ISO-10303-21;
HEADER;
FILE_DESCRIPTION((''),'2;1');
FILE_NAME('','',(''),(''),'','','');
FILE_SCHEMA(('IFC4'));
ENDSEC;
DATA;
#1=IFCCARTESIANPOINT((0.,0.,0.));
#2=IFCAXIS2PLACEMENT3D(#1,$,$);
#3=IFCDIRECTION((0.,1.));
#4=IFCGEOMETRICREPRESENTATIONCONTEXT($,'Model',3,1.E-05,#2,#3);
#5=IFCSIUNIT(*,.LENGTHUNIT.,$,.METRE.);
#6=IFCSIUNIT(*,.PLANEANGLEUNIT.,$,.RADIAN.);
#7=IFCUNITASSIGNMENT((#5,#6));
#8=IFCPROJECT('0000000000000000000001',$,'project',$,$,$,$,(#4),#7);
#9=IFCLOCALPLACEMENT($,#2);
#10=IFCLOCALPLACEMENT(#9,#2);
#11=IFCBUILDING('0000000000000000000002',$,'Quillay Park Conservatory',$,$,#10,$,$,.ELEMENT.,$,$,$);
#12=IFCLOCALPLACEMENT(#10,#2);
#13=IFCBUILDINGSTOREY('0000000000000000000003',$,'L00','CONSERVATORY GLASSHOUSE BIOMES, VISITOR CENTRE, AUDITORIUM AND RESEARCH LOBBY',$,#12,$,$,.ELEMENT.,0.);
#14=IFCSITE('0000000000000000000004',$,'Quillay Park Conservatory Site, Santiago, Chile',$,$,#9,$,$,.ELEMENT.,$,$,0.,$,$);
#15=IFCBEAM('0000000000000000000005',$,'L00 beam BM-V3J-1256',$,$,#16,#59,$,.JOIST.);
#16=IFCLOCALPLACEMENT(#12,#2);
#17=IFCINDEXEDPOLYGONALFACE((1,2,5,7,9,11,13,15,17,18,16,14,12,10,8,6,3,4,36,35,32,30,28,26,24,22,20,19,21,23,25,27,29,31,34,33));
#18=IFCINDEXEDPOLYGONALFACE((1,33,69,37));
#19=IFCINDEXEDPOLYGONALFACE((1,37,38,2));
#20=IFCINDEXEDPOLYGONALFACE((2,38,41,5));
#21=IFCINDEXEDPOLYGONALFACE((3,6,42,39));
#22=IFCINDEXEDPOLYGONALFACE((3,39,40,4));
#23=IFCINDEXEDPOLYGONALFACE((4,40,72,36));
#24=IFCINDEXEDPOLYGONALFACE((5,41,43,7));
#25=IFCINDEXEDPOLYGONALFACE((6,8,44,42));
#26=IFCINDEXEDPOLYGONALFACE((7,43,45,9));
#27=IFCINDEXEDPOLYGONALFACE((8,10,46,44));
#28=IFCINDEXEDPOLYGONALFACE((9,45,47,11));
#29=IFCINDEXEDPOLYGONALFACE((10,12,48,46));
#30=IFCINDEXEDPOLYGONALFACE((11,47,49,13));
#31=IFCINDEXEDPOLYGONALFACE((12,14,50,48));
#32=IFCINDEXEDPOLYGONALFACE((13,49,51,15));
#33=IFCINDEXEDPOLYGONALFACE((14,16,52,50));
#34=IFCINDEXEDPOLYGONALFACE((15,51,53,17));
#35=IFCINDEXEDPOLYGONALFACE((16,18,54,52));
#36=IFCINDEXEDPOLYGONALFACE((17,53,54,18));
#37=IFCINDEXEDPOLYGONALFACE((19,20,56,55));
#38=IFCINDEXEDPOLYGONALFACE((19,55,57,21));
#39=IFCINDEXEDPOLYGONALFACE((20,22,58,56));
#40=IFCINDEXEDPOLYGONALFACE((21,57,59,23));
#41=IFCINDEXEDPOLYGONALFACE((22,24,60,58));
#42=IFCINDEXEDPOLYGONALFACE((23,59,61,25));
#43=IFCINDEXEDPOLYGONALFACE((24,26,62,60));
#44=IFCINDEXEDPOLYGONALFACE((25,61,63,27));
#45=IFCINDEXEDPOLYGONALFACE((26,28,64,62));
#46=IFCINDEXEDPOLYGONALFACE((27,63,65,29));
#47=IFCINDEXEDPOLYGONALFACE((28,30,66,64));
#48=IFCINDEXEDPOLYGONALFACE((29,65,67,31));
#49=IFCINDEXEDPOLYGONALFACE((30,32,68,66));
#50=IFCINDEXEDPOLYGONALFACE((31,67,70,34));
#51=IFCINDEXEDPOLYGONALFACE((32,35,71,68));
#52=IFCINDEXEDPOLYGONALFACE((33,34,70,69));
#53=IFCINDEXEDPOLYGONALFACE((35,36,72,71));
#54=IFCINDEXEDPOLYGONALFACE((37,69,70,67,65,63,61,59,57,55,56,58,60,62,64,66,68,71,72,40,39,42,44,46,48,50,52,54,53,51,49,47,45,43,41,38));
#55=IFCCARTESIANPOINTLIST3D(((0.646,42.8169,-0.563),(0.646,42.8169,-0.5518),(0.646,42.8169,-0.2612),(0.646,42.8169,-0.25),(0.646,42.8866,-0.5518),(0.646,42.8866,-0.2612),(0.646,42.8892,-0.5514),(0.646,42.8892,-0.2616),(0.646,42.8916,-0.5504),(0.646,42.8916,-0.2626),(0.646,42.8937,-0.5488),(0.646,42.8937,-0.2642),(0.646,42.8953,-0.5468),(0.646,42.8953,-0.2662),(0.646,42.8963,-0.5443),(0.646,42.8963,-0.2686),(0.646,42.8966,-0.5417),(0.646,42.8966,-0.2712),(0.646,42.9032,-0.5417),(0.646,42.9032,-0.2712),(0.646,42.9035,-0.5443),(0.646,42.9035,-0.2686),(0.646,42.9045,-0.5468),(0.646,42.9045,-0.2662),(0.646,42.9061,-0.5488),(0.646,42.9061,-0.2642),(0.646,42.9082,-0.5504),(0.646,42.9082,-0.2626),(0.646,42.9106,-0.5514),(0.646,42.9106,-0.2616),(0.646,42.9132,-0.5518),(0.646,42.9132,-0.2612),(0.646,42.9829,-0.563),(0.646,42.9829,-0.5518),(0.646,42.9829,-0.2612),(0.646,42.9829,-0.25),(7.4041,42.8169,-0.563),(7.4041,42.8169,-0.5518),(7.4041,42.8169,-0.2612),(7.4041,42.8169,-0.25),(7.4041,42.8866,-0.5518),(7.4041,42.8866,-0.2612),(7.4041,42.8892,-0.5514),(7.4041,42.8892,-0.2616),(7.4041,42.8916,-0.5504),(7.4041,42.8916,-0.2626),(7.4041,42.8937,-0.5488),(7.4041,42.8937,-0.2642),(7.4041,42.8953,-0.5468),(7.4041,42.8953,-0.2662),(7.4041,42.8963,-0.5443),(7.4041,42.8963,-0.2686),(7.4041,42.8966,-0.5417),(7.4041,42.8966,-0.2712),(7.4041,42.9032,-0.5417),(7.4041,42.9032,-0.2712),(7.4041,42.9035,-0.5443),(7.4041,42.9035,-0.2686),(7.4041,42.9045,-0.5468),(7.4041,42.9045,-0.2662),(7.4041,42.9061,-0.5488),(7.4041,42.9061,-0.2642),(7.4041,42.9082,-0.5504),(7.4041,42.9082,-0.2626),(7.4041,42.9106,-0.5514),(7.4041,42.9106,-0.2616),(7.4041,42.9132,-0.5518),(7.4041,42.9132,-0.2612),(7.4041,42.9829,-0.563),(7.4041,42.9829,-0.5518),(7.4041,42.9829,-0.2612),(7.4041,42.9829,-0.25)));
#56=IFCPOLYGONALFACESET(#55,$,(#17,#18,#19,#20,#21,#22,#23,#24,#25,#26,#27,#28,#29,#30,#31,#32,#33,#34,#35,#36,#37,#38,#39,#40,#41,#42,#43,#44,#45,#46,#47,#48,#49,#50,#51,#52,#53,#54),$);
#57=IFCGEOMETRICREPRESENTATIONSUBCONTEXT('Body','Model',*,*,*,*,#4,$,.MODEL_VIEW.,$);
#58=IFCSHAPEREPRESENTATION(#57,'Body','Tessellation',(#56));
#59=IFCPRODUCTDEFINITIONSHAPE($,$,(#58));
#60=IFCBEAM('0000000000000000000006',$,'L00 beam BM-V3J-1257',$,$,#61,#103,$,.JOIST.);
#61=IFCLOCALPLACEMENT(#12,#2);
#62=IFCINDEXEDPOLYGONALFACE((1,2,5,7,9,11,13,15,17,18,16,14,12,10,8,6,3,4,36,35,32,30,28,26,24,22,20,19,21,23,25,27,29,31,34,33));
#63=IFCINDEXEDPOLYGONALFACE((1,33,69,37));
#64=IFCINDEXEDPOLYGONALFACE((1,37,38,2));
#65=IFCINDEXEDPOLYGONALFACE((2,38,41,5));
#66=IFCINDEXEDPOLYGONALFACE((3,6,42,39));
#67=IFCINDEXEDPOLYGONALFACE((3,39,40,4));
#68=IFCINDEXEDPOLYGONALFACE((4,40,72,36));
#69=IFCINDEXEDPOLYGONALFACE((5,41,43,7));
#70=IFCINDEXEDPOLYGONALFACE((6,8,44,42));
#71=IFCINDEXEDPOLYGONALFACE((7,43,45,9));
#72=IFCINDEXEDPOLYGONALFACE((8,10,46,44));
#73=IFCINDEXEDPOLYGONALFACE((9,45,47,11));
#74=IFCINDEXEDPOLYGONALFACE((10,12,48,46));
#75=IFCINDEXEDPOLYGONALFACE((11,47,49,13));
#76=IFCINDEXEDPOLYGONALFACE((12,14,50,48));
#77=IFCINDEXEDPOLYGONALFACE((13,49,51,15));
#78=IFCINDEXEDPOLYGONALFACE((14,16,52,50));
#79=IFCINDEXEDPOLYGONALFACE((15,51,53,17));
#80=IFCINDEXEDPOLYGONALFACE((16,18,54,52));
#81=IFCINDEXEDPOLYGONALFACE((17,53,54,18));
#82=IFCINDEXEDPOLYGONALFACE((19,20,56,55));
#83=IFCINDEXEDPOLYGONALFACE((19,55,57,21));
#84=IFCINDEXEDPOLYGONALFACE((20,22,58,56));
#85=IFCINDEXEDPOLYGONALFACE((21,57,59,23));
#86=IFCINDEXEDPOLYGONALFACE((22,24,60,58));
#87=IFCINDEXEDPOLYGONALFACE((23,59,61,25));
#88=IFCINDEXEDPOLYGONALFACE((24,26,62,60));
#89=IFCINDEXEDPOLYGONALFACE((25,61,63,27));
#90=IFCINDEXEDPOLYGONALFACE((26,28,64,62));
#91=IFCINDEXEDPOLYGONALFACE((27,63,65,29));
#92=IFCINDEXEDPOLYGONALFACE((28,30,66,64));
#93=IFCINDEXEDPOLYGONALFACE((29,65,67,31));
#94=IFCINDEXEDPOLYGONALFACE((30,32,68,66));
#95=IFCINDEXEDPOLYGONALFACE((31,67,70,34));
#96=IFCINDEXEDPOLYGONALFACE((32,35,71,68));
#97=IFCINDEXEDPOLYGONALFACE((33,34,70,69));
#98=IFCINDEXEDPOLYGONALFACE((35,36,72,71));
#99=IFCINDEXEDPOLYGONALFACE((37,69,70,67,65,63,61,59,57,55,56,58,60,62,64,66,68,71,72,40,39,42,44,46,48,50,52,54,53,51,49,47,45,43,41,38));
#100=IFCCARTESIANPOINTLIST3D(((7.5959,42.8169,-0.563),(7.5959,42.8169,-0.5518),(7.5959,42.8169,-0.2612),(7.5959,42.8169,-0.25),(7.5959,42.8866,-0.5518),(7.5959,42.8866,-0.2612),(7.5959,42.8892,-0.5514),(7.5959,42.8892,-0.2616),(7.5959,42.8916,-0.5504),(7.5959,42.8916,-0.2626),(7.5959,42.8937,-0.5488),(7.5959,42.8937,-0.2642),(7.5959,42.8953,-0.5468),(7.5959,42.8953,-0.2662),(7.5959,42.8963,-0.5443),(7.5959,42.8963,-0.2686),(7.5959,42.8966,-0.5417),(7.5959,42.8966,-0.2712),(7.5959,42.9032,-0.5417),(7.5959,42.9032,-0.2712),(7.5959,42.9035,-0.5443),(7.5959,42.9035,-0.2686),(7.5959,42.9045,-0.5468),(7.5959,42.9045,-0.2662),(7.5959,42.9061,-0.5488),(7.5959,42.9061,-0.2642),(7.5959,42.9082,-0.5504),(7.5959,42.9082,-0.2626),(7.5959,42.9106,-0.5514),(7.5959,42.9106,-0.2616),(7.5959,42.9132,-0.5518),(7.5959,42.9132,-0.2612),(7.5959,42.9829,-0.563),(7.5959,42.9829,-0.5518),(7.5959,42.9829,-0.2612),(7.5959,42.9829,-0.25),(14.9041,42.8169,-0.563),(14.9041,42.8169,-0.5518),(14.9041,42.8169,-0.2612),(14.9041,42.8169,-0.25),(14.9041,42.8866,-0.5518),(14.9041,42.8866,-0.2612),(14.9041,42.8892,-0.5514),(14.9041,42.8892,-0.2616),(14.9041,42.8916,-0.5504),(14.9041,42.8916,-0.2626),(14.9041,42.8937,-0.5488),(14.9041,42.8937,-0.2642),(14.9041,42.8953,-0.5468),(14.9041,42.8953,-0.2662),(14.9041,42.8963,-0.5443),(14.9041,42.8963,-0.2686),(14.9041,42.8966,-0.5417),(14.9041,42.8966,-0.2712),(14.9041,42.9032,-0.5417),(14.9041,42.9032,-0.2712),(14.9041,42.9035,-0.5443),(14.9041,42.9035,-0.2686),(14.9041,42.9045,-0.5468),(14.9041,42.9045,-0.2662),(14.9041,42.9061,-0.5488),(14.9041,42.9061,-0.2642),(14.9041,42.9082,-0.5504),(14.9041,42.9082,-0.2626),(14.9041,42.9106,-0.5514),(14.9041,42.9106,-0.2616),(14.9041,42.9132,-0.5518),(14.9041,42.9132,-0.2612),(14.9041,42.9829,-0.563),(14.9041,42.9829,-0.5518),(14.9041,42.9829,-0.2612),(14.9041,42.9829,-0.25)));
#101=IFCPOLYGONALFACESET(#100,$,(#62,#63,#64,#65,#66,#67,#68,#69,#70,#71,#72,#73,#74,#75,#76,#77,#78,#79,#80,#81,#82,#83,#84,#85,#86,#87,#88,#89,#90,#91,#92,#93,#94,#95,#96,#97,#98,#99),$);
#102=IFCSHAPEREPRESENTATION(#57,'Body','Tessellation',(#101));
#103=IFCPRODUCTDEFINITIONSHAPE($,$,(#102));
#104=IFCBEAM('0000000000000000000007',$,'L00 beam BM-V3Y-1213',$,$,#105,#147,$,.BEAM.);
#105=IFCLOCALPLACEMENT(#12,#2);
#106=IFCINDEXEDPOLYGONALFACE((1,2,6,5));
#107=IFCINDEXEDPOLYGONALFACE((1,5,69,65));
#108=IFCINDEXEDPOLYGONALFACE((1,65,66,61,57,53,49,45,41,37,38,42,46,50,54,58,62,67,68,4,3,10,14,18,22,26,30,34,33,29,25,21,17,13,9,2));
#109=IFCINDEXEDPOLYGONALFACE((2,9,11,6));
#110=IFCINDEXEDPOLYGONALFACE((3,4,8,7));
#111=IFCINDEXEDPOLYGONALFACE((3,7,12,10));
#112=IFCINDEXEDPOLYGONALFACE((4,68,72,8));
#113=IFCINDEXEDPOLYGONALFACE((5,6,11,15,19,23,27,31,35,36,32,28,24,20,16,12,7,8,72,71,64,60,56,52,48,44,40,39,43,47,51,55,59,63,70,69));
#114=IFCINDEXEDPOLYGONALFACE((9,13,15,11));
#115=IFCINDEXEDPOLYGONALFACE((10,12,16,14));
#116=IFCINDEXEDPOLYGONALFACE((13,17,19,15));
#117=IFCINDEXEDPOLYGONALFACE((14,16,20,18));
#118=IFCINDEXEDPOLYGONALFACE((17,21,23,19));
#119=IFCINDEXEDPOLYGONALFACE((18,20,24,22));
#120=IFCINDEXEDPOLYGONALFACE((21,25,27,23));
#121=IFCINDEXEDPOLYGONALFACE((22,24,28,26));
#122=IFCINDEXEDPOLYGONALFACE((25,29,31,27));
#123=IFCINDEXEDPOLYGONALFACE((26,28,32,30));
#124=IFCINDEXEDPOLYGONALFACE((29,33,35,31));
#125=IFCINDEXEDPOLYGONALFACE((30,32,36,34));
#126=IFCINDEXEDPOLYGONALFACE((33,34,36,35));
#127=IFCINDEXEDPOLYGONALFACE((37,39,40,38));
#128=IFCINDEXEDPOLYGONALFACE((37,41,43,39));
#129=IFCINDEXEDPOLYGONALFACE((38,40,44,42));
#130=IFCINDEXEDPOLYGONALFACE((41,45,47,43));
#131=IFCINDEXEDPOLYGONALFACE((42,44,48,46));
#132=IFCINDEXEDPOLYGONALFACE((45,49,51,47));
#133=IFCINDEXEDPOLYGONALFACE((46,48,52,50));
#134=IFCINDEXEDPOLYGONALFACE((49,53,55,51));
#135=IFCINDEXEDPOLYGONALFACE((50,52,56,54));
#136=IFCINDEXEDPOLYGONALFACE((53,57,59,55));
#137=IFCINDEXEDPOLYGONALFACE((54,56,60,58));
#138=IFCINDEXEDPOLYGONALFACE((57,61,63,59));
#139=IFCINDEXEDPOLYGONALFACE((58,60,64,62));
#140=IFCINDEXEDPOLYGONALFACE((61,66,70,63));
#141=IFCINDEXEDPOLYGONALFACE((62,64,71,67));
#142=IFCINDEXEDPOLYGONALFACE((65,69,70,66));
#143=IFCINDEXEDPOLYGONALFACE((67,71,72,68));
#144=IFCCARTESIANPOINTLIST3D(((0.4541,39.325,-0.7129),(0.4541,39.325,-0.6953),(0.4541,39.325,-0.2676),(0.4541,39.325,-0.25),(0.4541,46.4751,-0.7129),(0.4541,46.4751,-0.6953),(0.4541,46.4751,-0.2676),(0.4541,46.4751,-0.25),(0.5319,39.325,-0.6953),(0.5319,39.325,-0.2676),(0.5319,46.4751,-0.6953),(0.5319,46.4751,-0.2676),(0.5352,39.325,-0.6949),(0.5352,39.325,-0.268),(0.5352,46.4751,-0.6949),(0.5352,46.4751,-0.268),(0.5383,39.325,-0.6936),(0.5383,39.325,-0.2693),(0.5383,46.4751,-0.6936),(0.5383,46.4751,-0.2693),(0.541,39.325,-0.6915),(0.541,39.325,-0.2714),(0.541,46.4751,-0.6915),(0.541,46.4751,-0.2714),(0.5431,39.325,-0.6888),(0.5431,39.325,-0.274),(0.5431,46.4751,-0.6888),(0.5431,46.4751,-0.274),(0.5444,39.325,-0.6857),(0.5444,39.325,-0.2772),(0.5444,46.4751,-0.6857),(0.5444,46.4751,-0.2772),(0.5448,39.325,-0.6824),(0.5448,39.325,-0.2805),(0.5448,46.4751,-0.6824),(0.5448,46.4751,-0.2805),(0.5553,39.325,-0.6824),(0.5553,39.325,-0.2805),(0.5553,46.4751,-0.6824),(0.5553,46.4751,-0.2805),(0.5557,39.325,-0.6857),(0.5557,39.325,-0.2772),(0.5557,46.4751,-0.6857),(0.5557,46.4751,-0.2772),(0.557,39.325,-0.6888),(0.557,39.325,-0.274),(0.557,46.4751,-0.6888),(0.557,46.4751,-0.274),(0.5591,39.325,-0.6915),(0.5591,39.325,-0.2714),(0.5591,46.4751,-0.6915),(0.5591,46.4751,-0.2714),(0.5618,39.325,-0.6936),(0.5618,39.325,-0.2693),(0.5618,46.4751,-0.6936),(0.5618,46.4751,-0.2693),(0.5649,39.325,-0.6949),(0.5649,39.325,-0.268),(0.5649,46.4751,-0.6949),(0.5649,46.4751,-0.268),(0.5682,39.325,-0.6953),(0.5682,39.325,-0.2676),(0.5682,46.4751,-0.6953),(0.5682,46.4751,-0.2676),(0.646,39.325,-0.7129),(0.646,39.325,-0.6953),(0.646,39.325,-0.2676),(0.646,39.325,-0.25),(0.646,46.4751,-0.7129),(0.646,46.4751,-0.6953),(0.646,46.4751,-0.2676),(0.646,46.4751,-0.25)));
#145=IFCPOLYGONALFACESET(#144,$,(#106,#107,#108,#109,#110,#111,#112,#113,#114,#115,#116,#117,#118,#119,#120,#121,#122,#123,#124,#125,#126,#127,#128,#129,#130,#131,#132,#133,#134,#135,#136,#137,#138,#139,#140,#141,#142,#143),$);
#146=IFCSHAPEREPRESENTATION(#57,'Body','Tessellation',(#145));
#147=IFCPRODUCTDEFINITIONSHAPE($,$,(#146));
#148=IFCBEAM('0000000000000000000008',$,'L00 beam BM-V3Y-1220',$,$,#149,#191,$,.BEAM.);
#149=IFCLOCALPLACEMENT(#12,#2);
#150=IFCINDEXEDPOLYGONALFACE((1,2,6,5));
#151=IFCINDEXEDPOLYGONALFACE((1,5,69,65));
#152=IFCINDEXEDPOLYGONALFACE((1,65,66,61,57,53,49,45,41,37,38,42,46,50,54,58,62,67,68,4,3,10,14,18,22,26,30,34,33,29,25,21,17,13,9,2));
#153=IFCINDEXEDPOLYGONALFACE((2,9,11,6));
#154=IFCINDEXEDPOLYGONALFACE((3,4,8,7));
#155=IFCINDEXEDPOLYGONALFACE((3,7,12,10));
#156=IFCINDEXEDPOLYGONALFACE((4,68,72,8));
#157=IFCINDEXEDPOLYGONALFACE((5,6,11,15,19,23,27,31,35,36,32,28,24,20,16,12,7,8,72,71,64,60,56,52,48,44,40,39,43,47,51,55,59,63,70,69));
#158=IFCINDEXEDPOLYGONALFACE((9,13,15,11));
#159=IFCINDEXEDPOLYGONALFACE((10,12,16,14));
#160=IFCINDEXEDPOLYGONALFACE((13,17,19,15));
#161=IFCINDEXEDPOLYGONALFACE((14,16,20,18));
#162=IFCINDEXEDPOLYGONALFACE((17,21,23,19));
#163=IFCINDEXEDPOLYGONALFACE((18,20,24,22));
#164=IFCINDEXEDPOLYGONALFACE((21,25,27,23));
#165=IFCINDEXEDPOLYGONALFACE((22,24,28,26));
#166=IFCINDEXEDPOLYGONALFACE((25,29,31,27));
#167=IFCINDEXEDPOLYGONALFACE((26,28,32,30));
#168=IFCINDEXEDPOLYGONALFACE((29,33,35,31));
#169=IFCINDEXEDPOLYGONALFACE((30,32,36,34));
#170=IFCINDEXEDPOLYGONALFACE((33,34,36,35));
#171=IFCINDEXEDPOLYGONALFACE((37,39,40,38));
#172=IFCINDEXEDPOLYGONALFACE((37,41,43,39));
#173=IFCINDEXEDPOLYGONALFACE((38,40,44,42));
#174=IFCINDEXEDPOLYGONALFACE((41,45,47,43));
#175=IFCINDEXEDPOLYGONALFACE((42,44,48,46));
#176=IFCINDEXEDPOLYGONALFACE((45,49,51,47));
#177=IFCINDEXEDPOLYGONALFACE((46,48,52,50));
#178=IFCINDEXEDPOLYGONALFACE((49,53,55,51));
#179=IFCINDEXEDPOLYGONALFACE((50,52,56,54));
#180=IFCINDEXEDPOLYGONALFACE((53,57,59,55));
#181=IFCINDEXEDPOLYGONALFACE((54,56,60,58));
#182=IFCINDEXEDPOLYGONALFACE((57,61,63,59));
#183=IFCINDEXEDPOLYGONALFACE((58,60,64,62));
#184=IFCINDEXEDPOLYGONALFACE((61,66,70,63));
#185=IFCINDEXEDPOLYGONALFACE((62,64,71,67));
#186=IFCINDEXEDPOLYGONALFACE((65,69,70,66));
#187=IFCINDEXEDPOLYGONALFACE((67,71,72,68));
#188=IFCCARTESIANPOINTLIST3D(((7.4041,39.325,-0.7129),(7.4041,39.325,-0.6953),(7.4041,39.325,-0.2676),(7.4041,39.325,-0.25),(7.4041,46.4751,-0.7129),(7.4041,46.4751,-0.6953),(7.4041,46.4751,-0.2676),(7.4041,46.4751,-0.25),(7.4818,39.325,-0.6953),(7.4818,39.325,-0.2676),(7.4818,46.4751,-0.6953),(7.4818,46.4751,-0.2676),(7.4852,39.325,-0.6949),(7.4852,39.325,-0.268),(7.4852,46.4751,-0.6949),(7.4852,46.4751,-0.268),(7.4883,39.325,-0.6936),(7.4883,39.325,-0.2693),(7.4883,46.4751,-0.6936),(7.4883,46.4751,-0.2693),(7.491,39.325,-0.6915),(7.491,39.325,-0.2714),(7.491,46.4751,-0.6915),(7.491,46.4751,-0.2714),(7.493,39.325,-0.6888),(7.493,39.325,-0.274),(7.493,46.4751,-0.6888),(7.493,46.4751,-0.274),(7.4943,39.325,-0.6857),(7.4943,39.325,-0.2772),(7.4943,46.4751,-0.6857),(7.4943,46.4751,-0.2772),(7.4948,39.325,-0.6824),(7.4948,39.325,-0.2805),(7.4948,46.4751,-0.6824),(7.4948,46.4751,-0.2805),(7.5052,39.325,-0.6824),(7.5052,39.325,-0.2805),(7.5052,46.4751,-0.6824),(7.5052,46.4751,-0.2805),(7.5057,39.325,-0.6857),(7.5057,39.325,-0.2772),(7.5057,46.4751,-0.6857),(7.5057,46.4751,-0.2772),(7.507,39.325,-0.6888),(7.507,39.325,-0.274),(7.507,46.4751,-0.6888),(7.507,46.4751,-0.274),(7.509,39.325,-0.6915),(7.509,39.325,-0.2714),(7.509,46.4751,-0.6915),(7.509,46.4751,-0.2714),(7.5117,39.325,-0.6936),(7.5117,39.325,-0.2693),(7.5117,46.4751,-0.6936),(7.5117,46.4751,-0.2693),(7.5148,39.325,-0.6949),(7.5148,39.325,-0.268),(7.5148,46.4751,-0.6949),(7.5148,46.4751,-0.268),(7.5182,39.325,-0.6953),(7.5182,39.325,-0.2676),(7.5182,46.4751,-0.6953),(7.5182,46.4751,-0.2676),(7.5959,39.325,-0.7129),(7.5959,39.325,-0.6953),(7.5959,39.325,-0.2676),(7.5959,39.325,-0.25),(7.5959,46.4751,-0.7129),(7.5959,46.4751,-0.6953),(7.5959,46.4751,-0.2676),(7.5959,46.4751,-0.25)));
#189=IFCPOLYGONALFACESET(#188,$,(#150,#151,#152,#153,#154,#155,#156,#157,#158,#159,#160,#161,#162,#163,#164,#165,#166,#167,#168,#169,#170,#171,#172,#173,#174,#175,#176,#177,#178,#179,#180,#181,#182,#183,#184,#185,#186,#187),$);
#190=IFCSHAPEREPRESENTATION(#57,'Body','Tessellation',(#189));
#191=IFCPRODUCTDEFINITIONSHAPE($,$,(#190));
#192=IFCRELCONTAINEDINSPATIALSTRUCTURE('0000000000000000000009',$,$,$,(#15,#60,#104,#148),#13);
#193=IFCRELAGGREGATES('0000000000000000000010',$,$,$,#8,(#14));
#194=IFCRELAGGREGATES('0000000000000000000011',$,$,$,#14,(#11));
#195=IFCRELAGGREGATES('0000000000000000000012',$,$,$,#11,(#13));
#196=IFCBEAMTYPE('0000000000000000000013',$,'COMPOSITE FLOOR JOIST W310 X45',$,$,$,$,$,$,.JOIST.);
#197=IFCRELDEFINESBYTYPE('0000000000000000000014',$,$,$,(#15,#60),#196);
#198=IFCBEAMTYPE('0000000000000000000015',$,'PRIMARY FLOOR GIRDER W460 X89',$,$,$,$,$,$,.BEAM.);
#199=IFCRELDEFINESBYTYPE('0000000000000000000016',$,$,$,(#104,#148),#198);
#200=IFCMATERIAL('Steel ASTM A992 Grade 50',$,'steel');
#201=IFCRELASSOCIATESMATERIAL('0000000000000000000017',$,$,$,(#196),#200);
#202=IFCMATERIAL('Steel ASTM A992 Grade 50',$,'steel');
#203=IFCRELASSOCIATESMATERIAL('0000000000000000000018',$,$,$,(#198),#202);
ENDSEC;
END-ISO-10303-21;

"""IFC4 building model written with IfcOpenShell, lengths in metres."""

from ifc_helpers import new_model, si_unit, direction, frame, origin, origin_2d, place, context, subcontext, project, spatial, i_section, extrude, material, material_profile, profile_set, type_object, element, save


model = new_model("IFC4")

# Units and contexts
model_context = context("Model", 3, precision=1e-05, world=origin(), true_north=direction((0.0, 1.0)))
body_context = subcontext(model_context, "Body", "Model", "MODEL_VIEW")
ifc_project = project(units=[si_unit("LENGTHUNIT", "METRE"), si_unit("PLANEANGLEUNIT", "RADIAN")], contexts=[model_context])

# Site, building, storey
site_placement = place(None, origin())
site = spatial("IfcSite", under=ifc_project, at=site_placement, Name="Quillay Park Conservatory Site, Santiago, Chile", CompositionType="ELEMENT", RefElevation=0.0)
building_placement = place(site_placement, origin())
building = spatial("IfcBuilding", under=site, at=building_placement, Name="Quillay Park Conservatory", CompositionType="ELEMENT")
storey_placement = place(building_placement, origin())
storey = spatial("IfcBuildingStorey", under=building, at=storey_placement, Name="L00", Description="CONSERVATORY GLASSHOUSE BIOMES, VISITOR CENTRE, AUDITORIUM AND RESEARCH LOBBY", CompositionType="ELEMENT", Elevation=0.0)

# Beams
ifc_material_1 = material(Name="Steel ASTM A992 Grade 50", Category="steel")
ifc_material_profile_1 = material_profile(ifc_material_1, i_section(OverallWidth=0.166, OverallDepth=0.313, WebThickness=0.0066, FlangeThickness=0.0112, FilletRadius=0.01, at=origin_2d()), Name="W310x45")
ifc_profile_set_1 = profile_set([ifc_material_profile_1], Name="Steel ASTM A992 Grade 50")
beam_type_1 = type_object("IfcBeamType", Name="COMPOSITE FLOOR JOIST W310 X45", PredefinedType="JOIST", material=ifc_profile_set_1)
beam_1_placement = place(storey_placement, frame((0.646, 42.8999, -0.4065), z_axis=(1.0, 0.0, 0.0), x_axis=(0.0, 1.0, 0.0)))
element("IfcBeam", 1, at=beam_1_placement, inside=storey, type_object=beam_type_1, Name="L00 beam BM-V3J-1256", PredefinedType="JOIST", context=body_context, shape_type="SweptSolid", body=[
    extrude(i_section(OverallWidth=0.166, OverallDepth=0.313, WebThickness=0.0066, FlangeThickness=0.0112, FilletRadius=0.01, at=origin_2d()), origin(), (0.0, 0.0, 1.0), 6.7581),
])
beam_2_placement = place(storey_placement, frame((7.5959, 42.8999, -0.4065), z_axis=(1.0, 0.0, 0.0), x_axis=(0.0, 1.0, 0.0)))
element("IfcBeam", 2, at=beam_2_placement, inside=storey, type_object=beam_type_1, Name="L00 beam BM-V3J-1257", PredefinedType="JOIST", context=body_context, shape_type="SweptSolid", body=[
    extrude(i_section(OverallWidth=0.166, OverallDepth=0.313, WebThickness=0.0066, FlangeThickness=0.0112, FilletRadius=0.01, at=origin_2d()), origin(), (0.0, 0.0, 1.0), 7.3081),
])
ifc_material_2 = material(Name="Steel ASTM A992 Grade 50", Category="steel")
ifc_material_profile_2 = material_profile(ifc_material_2, i_section(OverallWidth=0.1919, OverallDepth=0.4629, WebThickness=0.0105, FlangeThickness=0.0176, FilletRadius=0.0129, at=origin_2d()), Name="W460x89")
ifc_profile_set_2 = profile_set([ifc_material_profile_2], Name="Steel ASTM A992 Grade 50")
beam_type_2 = type_object("IfcBeamType", Name="PRIMARY FLOOR GIRDER W460 X89", PredefinedType="BEAM", material=ifc_profile_set_2)
for number, where, z_axis, x_axis, name in (
    (3, (0.55, 39.325, -0.4814), (0.0, 1.0, 0.0), (-1.0, 0.0, 0.0), "L00 beam BM-V3Y-1213"),
    (4, (7.5, 39.325, -0.4814), (0.0, 1.0, 0.0), (-1.0, 0.0, 0.0), "L00 beam BM-V3Y-1220"),
):
    element("IfcBeam", number, at=place(storey_placement, frame(where, z_axis=z_axis, x_axis=x_axis)), inside=storey, type_object=beam_type_2, Name=name, PredefinedType="BEAM", context=body_context, shape_type="SweptSolid", body=[
        extrude(i_section(OverallWidth=0.1919, OverallDepth=0.4629, WebThickness=0.0105, FlangeThickness=0.0176, FilletRadius=0.0129, at=origin_2d()), origin(), (0.0, 0.0, 1.0), 7.1501),
    ])

save(model, "model.ifc")
